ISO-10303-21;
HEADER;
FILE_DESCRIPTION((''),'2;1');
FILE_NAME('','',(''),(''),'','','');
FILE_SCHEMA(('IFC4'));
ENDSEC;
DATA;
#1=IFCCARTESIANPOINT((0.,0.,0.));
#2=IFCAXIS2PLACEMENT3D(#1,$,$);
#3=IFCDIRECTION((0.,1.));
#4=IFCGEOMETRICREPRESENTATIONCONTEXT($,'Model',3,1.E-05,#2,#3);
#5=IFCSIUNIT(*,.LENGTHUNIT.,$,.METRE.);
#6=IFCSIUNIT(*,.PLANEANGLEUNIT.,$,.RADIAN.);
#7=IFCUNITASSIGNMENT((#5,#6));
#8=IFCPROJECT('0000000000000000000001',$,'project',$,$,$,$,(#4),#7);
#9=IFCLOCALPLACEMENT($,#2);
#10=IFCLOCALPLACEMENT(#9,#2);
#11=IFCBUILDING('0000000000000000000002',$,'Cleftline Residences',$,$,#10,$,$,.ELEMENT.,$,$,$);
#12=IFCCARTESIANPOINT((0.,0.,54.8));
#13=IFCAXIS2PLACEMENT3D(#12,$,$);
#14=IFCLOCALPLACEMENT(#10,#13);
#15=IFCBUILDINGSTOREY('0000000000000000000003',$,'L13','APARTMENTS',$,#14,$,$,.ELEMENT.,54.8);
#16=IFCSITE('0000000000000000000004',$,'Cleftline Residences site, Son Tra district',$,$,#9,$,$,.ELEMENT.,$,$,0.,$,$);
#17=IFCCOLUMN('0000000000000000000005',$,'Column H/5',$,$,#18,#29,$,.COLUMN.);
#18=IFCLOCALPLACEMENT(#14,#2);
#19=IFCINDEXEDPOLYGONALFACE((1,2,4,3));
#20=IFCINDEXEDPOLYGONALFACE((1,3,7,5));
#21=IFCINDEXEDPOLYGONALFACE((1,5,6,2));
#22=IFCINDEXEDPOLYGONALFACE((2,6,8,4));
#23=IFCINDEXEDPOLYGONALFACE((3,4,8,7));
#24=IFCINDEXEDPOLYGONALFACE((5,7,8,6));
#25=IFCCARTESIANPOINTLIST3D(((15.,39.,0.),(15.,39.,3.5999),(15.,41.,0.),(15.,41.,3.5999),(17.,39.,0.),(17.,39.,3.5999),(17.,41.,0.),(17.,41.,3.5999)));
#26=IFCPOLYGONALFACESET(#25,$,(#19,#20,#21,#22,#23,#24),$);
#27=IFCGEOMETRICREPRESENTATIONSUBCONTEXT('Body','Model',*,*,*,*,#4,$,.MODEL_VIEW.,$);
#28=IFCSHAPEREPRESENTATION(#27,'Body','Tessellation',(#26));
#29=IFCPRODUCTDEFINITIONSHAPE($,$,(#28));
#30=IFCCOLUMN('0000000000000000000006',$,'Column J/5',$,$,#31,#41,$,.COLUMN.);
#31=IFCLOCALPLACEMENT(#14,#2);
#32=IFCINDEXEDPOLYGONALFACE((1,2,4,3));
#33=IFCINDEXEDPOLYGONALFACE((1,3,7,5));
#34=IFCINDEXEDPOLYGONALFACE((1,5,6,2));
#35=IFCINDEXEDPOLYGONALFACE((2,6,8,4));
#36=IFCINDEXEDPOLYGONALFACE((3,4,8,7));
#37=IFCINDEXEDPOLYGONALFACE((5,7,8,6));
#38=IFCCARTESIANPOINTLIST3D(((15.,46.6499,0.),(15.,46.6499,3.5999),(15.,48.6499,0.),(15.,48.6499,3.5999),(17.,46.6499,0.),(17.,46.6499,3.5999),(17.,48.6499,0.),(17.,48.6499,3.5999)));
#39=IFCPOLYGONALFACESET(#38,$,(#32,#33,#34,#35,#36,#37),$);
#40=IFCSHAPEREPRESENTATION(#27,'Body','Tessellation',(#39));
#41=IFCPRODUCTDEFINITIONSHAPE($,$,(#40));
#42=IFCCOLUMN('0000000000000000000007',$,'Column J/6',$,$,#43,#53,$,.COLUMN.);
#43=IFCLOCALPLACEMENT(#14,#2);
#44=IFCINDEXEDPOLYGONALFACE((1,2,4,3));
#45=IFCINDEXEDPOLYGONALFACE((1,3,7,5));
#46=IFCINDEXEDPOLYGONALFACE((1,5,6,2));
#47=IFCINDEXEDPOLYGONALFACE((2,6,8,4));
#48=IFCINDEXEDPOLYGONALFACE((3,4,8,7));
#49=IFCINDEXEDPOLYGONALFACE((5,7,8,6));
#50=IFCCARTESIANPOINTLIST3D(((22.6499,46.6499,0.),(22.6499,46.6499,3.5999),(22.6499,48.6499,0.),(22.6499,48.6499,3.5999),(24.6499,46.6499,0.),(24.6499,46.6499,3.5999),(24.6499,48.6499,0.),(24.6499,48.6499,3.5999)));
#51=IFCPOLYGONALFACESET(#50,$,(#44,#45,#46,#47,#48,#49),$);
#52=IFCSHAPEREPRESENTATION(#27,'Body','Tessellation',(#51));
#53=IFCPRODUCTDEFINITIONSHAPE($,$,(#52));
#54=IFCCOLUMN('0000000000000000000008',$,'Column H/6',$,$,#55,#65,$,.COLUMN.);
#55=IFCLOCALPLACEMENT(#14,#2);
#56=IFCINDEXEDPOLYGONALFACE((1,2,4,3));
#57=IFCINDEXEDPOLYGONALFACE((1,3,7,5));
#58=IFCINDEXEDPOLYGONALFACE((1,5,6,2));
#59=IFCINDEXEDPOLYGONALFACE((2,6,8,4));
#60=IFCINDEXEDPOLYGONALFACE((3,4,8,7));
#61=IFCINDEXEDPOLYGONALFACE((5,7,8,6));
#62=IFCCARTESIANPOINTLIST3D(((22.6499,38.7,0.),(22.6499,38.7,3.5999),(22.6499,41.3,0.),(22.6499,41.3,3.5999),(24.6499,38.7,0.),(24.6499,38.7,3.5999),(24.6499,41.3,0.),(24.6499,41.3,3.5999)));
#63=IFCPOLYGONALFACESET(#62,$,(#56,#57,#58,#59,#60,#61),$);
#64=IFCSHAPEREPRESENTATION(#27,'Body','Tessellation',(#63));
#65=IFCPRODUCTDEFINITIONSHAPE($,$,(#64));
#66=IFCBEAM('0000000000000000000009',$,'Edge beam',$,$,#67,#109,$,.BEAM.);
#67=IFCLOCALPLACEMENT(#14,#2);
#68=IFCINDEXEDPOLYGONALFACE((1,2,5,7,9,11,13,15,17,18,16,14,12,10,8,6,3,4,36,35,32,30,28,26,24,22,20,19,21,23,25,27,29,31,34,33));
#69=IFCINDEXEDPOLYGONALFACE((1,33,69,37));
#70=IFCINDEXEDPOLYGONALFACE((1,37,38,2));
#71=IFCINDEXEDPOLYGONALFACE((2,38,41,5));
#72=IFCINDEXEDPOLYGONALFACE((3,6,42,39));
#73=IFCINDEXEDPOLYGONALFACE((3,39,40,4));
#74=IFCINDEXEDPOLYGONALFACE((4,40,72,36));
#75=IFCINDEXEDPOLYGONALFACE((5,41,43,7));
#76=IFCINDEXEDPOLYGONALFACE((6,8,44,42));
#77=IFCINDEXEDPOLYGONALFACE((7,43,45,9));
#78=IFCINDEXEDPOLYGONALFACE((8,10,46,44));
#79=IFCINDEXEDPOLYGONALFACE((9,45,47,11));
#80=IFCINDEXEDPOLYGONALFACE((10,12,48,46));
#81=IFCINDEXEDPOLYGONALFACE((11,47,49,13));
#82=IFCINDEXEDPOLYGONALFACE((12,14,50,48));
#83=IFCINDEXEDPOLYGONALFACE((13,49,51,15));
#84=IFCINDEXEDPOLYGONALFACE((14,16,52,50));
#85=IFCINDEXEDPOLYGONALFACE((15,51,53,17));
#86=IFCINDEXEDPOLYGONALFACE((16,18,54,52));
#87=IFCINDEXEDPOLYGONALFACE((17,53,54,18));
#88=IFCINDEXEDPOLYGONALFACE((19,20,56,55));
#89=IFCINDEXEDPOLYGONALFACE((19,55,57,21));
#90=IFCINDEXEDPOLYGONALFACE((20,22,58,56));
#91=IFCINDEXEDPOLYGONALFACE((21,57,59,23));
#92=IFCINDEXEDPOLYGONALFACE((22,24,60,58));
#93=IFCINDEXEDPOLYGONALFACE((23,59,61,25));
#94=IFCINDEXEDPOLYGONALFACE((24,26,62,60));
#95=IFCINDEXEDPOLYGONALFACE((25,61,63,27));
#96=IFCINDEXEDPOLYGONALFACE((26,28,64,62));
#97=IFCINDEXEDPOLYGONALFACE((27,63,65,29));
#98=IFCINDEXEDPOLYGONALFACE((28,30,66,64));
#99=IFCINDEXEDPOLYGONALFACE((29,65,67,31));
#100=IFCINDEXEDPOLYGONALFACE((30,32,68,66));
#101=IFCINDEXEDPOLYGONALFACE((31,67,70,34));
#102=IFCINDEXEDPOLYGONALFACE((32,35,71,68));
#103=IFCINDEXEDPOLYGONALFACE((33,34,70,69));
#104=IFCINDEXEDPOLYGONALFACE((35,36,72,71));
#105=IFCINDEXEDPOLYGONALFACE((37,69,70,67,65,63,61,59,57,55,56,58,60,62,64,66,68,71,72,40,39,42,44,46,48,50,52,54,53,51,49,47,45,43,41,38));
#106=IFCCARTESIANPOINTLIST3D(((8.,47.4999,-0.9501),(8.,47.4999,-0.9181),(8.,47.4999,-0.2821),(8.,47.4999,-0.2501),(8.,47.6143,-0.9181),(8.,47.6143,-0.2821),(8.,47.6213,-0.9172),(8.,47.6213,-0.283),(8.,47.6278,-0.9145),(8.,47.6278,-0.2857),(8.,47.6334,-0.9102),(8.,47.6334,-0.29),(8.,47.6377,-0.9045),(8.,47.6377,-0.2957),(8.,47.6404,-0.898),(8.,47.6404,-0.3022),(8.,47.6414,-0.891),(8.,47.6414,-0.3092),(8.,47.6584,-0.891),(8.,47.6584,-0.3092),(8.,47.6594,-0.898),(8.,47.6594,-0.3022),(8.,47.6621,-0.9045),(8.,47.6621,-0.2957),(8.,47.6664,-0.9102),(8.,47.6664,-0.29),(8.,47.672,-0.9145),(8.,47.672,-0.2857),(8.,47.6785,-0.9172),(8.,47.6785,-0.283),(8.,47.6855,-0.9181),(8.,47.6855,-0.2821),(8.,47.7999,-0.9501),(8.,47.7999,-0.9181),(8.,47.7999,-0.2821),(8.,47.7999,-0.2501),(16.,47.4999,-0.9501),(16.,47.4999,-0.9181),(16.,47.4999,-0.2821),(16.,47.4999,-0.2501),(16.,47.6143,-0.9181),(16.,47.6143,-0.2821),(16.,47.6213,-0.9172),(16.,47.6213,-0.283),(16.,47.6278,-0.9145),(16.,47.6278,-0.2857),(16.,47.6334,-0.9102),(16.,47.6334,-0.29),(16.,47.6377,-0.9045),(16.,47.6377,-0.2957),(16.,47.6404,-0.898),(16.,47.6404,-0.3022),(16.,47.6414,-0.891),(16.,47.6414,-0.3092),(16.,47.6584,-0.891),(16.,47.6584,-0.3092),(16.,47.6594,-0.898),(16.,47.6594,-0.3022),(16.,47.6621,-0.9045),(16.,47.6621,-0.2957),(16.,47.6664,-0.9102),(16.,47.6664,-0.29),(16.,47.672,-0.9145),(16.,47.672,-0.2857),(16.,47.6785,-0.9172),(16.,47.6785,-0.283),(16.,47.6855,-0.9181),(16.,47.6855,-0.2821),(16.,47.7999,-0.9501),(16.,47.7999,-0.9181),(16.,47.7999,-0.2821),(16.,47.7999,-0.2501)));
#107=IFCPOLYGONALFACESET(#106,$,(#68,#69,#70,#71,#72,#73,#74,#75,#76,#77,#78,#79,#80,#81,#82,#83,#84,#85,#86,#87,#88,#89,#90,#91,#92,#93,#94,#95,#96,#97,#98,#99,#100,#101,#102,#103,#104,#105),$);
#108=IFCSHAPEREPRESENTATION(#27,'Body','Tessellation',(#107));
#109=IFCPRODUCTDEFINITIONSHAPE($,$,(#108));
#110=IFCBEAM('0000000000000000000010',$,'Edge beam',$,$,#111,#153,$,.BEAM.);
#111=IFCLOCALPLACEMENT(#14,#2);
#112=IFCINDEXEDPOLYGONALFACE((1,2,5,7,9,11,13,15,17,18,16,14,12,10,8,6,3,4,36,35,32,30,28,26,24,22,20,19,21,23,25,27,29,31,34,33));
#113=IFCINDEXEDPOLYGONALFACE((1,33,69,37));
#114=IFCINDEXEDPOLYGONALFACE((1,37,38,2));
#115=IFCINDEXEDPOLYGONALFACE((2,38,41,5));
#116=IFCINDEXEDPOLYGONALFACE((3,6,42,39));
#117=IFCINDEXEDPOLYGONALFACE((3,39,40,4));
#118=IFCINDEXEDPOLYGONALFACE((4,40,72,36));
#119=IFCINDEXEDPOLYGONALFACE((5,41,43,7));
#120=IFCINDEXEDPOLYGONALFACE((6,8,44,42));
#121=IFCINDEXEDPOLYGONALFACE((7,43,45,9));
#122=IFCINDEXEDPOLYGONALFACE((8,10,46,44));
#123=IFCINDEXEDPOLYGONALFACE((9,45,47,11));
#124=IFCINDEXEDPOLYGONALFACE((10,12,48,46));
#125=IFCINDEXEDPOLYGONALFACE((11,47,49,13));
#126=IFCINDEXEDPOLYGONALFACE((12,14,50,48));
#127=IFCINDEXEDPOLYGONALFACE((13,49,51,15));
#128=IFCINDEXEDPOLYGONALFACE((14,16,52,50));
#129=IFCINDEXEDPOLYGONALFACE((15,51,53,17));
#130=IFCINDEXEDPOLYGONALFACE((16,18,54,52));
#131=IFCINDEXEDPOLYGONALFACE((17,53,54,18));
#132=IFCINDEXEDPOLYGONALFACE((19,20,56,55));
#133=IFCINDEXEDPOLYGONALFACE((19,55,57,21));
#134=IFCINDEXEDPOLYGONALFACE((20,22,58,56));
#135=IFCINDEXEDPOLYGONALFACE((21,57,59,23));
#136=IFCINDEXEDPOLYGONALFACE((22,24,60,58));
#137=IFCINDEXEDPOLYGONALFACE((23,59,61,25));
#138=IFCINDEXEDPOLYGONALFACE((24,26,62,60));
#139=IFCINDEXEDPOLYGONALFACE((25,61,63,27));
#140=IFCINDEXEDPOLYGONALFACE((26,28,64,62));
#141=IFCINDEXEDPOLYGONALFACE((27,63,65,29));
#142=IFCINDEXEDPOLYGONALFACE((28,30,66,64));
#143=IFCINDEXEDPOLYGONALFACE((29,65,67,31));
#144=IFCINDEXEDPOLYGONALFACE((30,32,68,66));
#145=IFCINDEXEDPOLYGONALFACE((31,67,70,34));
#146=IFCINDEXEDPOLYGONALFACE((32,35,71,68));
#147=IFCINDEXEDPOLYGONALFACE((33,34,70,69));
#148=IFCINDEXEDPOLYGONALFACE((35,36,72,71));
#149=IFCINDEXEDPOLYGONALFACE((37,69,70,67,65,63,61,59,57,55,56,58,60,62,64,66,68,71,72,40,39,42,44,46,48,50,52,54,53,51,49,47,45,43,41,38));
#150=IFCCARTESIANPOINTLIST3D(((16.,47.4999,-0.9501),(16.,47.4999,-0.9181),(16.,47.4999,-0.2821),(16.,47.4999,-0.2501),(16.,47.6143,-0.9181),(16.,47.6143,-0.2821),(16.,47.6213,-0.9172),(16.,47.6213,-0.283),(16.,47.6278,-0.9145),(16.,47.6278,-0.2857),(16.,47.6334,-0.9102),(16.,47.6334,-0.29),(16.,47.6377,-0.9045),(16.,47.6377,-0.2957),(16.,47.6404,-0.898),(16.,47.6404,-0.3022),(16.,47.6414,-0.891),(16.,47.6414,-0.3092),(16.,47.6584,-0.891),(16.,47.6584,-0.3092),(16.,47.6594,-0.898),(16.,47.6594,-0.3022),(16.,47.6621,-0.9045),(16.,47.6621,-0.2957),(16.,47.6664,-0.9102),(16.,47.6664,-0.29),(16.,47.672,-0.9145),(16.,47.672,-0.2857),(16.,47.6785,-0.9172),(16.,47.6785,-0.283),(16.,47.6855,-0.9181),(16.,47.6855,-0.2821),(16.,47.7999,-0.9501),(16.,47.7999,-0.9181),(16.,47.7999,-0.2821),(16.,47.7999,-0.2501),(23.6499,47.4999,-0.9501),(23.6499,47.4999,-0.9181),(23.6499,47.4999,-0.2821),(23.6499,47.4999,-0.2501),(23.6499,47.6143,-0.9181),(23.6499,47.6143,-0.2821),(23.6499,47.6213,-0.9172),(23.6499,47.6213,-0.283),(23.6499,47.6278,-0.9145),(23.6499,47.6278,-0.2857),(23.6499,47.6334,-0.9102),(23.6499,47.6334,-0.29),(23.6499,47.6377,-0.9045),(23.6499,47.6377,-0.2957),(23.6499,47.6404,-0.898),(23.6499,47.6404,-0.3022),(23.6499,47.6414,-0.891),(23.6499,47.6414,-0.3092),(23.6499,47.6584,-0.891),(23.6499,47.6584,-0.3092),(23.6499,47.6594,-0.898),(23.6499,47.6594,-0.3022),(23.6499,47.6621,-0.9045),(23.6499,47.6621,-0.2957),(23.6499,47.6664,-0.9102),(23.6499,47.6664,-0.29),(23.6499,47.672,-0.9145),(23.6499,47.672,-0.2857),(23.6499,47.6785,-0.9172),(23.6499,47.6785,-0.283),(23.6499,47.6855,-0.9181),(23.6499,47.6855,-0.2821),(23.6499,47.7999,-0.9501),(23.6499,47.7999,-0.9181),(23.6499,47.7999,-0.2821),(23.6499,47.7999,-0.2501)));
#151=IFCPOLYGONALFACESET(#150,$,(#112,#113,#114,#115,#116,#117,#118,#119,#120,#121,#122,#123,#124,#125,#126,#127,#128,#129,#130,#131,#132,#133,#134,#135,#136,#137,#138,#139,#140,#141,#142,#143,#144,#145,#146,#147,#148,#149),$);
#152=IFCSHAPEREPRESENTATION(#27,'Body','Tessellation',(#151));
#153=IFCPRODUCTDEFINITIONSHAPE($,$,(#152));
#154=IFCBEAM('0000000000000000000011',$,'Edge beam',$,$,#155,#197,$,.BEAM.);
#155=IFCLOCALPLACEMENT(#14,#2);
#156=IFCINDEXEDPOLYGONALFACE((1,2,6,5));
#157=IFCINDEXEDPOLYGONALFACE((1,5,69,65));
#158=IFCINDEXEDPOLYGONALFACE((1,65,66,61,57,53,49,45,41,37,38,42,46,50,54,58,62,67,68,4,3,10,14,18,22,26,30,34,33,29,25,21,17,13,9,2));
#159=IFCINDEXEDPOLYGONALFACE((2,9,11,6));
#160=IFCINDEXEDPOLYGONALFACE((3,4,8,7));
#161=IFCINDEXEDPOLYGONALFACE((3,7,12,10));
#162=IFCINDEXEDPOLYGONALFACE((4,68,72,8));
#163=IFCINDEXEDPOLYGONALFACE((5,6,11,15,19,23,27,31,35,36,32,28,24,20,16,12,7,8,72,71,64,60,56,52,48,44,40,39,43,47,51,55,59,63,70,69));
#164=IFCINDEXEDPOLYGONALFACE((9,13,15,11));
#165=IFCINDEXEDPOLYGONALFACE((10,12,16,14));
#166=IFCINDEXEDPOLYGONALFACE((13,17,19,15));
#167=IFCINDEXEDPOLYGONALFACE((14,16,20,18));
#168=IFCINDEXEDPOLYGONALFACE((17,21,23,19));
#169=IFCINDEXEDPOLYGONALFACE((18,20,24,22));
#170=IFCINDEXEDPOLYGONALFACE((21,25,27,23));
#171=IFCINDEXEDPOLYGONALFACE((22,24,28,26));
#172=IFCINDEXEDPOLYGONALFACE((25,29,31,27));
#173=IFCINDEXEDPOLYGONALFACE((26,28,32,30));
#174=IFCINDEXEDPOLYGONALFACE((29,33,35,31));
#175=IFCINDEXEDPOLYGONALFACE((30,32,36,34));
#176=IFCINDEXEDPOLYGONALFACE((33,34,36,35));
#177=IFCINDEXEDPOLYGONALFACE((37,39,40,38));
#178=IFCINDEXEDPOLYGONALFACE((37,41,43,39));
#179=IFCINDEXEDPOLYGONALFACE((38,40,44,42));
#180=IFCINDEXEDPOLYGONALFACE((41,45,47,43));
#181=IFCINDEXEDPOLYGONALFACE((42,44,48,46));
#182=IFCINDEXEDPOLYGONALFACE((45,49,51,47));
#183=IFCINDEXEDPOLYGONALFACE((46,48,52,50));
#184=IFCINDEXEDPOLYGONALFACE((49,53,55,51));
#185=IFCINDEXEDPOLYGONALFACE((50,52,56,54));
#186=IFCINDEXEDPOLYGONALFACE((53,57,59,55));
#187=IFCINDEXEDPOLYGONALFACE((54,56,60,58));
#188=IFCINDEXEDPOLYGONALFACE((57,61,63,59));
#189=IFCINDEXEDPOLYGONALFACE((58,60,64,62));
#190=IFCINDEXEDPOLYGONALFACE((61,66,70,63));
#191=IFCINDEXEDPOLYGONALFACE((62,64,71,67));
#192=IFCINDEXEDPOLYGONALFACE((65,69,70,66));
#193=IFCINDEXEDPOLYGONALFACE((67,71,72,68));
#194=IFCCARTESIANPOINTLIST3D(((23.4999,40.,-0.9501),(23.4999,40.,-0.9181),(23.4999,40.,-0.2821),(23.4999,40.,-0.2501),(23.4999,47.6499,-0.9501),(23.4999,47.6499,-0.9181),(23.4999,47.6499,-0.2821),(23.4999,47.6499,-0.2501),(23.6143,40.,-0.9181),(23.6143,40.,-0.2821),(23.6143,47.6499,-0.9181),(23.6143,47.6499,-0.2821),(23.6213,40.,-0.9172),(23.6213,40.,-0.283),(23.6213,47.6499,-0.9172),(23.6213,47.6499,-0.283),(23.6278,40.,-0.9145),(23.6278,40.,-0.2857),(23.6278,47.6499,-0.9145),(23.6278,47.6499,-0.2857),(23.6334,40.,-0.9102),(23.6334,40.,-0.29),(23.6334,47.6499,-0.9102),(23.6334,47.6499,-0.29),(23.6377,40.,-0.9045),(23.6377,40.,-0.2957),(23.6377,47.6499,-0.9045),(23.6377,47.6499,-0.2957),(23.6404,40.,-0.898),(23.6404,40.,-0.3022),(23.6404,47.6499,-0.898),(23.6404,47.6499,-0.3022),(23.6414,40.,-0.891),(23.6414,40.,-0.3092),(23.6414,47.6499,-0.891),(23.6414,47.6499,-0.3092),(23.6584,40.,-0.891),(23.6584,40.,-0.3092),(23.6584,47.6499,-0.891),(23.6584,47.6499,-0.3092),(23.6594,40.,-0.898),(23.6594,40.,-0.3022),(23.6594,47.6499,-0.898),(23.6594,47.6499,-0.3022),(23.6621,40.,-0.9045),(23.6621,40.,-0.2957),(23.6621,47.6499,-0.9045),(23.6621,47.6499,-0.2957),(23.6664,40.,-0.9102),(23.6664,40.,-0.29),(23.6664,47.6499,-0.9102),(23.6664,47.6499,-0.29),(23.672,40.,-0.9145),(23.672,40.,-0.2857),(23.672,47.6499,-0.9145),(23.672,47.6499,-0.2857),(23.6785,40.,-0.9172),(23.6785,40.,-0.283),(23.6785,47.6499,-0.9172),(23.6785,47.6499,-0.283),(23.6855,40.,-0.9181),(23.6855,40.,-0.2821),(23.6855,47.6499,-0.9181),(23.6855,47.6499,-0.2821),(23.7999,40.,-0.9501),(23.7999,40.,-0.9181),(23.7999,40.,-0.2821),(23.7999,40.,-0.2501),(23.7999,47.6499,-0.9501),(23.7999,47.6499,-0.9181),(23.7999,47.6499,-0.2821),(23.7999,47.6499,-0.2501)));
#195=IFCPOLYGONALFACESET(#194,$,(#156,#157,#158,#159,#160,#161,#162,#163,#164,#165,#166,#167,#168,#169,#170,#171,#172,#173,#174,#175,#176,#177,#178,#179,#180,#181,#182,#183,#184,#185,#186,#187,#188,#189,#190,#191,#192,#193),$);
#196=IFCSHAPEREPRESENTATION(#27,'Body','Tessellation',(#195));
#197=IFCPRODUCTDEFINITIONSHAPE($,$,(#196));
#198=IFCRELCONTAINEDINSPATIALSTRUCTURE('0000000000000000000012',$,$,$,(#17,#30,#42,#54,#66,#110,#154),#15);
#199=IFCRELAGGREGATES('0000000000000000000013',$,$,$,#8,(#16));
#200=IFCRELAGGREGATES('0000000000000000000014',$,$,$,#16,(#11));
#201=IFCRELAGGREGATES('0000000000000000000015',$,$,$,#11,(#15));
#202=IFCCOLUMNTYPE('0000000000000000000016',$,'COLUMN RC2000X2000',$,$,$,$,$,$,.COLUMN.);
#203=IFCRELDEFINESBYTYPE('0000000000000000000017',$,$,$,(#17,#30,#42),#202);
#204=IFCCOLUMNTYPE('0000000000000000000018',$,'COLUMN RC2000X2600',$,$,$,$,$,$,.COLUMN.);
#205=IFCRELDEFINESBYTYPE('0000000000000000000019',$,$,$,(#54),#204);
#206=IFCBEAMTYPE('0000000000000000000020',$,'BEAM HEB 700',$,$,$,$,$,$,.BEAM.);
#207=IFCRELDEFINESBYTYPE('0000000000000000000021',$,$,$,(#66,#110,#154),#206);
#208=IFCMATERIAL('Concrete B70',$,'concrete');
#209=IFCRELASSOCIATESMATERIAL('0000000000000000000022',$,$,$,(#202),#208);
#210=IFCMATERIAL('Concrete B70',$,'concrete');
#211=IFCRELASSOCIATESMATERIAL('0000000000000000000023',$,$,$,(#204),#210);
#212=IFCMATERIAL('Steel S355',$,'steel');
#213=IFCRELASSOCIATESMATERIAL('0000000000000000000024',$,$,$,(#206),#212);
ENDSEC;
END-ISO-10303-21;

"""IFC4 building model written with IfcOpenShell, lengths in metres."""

from ifc_helpers import new_model, si_unit, direction, frame, origin, origin_2d, place, context, subcontext, project, spatial, rectangle, i_section, extrude, material, material_profile, profile_set, type_object, element, save


model = new_model("IFC4")

# Units and contexts
model_context = context("Model", 3, precision=1e-05, world=origin(), true_north=direction((0.0, 1.0)))
body_context = subcontext(model_context, "Body", "Model", "MODEL_VIEW")
ifc_project = project(units=[si_unit("LENGTHUNIT", "METRE"), si_unit("PLANEANGLEUNIT", "RADIAN")], contexts=[model_context])

# Site, building, storey
site_placement = place(None, origin())
site = spatial("IfcSite", under=ifc_project, at=site_placement, Name="Cleftline Residences site, Son Tra district", CompositionType="ELEMENT", RefElevation=0.0)
building_placement = place(site_placement, origin())
building = spatial("IfcBuilding", under=site, at=building_placement, Name="Cleftline Residences", CompositionType="ELEMENT")
storey_placement = place(building_placement, frame((0.0, 0.0, 54.8)))
storey = spatial("IfcBuildingStorey", under=building, at=storey_placement, Name="L13", Description="APARTMENTS", CompositionType="ELEMENT", Elevation=54.8)

# Columns
ifc_material_1 = material(Name="Concrete B70", Category="concrete")
ifc_material_profile_1 = material_profile(ifc_material_1, rectangle(XDim=2.0, YDim=2.0, at=origin_2d()))
ifc_profile_set_1 = profile_set([ifc_material_profile_1], Name="Concrete B70")
column_type_1 = type_object("IfcColumnType", Name="COLUMN RC2000X2000", PredefinedType="COLUMN", material=ifc_profile_set_1)
for number, where, z_axis, x_axis, name in (
    (1, (16.0, 40.0, 0.0), (0.0, 0.0, 1.0), (1.0, 0.0, 0.0), "Column H/5"),
    (2, (16.0, 47.6499, 0.0), (0.0, 0.0, 1.0), (1.0, 0.0, 0.0), "Column J/5"),
    (3, (23.6499, 47.6499, 0.0), (0.0, 0.0, 1.0), (1.0, 0.0, 0.0), "Column J/6"),
):
    element("IfcColumn", number, at=place(storey_placement, frame(where, z_axis=z_axis, x_axis=x_axis)), inside=storey, type_object=column_type_1, Name=name, PredefinedType="COLUMN", context=body_context, shape_type="SweptSolid", body=[
        extrude(rectangle(XDim=2.0, YDim=2.0, at=origin_2d()), origin(), (0.0, 0.0, 1.0), 3.5999),
    ])
ifc_material_2 = material(Name="Concrete B70", Category="concrete")
ifc_material_profile_2 = material_profile(ifc_material_2, rectangle(XDim=2.0, YDim=2.6001, at=origin_2d()))
ifc_profile_set_2 = profile_set([ifc_material_profile_2], Name="Concrete B70")
column_type_2 = type_object("IfcColumnType", Name="COLUMN RC2000X2600", PredefinedType="COLUMN", material=ifc_profile_set_2)
column_placement = place(storey_placement, frame((23.6499, 40.0, 0.0), z_axis=(0.0, 0.0, 1.0), x_axis=(1.0, 0.0, 0.0)))
element("IfcColumn", 4, at=column_placement, inside=storey, type_object=column_type_2, Name="Column H/6", PredefinedType="COLUMN", context=body_context, shape_type="SweptSolid", body=[
    extrude(rectangle(XDim=2.0, YDim=2.6001, at=origin_2d()), origin(), (0.0, 0.0, 1.0), 3.5999),
])

# Beams
ifc_material_3 = material(Name="Steel S355", Category="steel")
ifc_material_profile_3 = material_profile(ifc_material_3, i_section(OverallWidth=0.3, OverallDepth=0.7, WebThickness=0.0171, FlangeThickness=0.032, FilletRadius=0.0271, at=origin_2d()))
ifc_profile_set_3 = profile_set([ifc_material_profile_3], Name="Steel S355")
beam_type = type_object("IfcBeamType", Name="BEAM HEB 700", PredefinedType="BEAM", material=ifc_profile_set_3)
beam_placement = place(storey_placement, frame((8.0, 47.6499, -0.6001), z_axis=(1.0, 0.0, 0.0), x_axis=(0.0, 1.0, 0.0)))
element("IfcBeam", 5, at=beam_placement, inside=storey, type_object=beam_type, Name="Edge beam", PredefinedType="BEAM", context=body_context, shape_type="SweptSolid", body=[
    extrude(i_section(OverallWidth=0.3, OverallDepth=0.7, WebThickness=0.0171, FlangeThickness=0.032, FilletRadius=0.0271, at=origin_2d()), origin(), (0.0, 0.0, 1.0), 8.0),
])
for number, where, z_axis, x_axis, name in (
    (6, (16.0, 47.6499, -0.6001), (1.0, 0.0, 0.0), (0.0, 1.0, 0.0), "Edge beam"),
    (7, (23.6499, 47.6499, -0.6001), (0.0, -1.0, 0.0), (1.0, 0.0, 0.0), "Edge beam"),
):
    element("IfcBeam", number, at=place(storey_placement, frame(where, z_axis=z_axis, x_axis=x_axis)), inside=storey, type_object=beam_type, Name=name, PredefinedType="BEAM", context=body_context, shape_type="SweptSolid", body=[
        extrude(i_section(OverallWidth=0.3, OverallDepth=0.7, WebThickness=0.0171, FlangeThickness=0.032, FilletRadius=0.0271, at=origin_2d()), origin(), (0.0, 0.0, 1.0), 7.6499),
    ])

save(model, "model.ifc")
